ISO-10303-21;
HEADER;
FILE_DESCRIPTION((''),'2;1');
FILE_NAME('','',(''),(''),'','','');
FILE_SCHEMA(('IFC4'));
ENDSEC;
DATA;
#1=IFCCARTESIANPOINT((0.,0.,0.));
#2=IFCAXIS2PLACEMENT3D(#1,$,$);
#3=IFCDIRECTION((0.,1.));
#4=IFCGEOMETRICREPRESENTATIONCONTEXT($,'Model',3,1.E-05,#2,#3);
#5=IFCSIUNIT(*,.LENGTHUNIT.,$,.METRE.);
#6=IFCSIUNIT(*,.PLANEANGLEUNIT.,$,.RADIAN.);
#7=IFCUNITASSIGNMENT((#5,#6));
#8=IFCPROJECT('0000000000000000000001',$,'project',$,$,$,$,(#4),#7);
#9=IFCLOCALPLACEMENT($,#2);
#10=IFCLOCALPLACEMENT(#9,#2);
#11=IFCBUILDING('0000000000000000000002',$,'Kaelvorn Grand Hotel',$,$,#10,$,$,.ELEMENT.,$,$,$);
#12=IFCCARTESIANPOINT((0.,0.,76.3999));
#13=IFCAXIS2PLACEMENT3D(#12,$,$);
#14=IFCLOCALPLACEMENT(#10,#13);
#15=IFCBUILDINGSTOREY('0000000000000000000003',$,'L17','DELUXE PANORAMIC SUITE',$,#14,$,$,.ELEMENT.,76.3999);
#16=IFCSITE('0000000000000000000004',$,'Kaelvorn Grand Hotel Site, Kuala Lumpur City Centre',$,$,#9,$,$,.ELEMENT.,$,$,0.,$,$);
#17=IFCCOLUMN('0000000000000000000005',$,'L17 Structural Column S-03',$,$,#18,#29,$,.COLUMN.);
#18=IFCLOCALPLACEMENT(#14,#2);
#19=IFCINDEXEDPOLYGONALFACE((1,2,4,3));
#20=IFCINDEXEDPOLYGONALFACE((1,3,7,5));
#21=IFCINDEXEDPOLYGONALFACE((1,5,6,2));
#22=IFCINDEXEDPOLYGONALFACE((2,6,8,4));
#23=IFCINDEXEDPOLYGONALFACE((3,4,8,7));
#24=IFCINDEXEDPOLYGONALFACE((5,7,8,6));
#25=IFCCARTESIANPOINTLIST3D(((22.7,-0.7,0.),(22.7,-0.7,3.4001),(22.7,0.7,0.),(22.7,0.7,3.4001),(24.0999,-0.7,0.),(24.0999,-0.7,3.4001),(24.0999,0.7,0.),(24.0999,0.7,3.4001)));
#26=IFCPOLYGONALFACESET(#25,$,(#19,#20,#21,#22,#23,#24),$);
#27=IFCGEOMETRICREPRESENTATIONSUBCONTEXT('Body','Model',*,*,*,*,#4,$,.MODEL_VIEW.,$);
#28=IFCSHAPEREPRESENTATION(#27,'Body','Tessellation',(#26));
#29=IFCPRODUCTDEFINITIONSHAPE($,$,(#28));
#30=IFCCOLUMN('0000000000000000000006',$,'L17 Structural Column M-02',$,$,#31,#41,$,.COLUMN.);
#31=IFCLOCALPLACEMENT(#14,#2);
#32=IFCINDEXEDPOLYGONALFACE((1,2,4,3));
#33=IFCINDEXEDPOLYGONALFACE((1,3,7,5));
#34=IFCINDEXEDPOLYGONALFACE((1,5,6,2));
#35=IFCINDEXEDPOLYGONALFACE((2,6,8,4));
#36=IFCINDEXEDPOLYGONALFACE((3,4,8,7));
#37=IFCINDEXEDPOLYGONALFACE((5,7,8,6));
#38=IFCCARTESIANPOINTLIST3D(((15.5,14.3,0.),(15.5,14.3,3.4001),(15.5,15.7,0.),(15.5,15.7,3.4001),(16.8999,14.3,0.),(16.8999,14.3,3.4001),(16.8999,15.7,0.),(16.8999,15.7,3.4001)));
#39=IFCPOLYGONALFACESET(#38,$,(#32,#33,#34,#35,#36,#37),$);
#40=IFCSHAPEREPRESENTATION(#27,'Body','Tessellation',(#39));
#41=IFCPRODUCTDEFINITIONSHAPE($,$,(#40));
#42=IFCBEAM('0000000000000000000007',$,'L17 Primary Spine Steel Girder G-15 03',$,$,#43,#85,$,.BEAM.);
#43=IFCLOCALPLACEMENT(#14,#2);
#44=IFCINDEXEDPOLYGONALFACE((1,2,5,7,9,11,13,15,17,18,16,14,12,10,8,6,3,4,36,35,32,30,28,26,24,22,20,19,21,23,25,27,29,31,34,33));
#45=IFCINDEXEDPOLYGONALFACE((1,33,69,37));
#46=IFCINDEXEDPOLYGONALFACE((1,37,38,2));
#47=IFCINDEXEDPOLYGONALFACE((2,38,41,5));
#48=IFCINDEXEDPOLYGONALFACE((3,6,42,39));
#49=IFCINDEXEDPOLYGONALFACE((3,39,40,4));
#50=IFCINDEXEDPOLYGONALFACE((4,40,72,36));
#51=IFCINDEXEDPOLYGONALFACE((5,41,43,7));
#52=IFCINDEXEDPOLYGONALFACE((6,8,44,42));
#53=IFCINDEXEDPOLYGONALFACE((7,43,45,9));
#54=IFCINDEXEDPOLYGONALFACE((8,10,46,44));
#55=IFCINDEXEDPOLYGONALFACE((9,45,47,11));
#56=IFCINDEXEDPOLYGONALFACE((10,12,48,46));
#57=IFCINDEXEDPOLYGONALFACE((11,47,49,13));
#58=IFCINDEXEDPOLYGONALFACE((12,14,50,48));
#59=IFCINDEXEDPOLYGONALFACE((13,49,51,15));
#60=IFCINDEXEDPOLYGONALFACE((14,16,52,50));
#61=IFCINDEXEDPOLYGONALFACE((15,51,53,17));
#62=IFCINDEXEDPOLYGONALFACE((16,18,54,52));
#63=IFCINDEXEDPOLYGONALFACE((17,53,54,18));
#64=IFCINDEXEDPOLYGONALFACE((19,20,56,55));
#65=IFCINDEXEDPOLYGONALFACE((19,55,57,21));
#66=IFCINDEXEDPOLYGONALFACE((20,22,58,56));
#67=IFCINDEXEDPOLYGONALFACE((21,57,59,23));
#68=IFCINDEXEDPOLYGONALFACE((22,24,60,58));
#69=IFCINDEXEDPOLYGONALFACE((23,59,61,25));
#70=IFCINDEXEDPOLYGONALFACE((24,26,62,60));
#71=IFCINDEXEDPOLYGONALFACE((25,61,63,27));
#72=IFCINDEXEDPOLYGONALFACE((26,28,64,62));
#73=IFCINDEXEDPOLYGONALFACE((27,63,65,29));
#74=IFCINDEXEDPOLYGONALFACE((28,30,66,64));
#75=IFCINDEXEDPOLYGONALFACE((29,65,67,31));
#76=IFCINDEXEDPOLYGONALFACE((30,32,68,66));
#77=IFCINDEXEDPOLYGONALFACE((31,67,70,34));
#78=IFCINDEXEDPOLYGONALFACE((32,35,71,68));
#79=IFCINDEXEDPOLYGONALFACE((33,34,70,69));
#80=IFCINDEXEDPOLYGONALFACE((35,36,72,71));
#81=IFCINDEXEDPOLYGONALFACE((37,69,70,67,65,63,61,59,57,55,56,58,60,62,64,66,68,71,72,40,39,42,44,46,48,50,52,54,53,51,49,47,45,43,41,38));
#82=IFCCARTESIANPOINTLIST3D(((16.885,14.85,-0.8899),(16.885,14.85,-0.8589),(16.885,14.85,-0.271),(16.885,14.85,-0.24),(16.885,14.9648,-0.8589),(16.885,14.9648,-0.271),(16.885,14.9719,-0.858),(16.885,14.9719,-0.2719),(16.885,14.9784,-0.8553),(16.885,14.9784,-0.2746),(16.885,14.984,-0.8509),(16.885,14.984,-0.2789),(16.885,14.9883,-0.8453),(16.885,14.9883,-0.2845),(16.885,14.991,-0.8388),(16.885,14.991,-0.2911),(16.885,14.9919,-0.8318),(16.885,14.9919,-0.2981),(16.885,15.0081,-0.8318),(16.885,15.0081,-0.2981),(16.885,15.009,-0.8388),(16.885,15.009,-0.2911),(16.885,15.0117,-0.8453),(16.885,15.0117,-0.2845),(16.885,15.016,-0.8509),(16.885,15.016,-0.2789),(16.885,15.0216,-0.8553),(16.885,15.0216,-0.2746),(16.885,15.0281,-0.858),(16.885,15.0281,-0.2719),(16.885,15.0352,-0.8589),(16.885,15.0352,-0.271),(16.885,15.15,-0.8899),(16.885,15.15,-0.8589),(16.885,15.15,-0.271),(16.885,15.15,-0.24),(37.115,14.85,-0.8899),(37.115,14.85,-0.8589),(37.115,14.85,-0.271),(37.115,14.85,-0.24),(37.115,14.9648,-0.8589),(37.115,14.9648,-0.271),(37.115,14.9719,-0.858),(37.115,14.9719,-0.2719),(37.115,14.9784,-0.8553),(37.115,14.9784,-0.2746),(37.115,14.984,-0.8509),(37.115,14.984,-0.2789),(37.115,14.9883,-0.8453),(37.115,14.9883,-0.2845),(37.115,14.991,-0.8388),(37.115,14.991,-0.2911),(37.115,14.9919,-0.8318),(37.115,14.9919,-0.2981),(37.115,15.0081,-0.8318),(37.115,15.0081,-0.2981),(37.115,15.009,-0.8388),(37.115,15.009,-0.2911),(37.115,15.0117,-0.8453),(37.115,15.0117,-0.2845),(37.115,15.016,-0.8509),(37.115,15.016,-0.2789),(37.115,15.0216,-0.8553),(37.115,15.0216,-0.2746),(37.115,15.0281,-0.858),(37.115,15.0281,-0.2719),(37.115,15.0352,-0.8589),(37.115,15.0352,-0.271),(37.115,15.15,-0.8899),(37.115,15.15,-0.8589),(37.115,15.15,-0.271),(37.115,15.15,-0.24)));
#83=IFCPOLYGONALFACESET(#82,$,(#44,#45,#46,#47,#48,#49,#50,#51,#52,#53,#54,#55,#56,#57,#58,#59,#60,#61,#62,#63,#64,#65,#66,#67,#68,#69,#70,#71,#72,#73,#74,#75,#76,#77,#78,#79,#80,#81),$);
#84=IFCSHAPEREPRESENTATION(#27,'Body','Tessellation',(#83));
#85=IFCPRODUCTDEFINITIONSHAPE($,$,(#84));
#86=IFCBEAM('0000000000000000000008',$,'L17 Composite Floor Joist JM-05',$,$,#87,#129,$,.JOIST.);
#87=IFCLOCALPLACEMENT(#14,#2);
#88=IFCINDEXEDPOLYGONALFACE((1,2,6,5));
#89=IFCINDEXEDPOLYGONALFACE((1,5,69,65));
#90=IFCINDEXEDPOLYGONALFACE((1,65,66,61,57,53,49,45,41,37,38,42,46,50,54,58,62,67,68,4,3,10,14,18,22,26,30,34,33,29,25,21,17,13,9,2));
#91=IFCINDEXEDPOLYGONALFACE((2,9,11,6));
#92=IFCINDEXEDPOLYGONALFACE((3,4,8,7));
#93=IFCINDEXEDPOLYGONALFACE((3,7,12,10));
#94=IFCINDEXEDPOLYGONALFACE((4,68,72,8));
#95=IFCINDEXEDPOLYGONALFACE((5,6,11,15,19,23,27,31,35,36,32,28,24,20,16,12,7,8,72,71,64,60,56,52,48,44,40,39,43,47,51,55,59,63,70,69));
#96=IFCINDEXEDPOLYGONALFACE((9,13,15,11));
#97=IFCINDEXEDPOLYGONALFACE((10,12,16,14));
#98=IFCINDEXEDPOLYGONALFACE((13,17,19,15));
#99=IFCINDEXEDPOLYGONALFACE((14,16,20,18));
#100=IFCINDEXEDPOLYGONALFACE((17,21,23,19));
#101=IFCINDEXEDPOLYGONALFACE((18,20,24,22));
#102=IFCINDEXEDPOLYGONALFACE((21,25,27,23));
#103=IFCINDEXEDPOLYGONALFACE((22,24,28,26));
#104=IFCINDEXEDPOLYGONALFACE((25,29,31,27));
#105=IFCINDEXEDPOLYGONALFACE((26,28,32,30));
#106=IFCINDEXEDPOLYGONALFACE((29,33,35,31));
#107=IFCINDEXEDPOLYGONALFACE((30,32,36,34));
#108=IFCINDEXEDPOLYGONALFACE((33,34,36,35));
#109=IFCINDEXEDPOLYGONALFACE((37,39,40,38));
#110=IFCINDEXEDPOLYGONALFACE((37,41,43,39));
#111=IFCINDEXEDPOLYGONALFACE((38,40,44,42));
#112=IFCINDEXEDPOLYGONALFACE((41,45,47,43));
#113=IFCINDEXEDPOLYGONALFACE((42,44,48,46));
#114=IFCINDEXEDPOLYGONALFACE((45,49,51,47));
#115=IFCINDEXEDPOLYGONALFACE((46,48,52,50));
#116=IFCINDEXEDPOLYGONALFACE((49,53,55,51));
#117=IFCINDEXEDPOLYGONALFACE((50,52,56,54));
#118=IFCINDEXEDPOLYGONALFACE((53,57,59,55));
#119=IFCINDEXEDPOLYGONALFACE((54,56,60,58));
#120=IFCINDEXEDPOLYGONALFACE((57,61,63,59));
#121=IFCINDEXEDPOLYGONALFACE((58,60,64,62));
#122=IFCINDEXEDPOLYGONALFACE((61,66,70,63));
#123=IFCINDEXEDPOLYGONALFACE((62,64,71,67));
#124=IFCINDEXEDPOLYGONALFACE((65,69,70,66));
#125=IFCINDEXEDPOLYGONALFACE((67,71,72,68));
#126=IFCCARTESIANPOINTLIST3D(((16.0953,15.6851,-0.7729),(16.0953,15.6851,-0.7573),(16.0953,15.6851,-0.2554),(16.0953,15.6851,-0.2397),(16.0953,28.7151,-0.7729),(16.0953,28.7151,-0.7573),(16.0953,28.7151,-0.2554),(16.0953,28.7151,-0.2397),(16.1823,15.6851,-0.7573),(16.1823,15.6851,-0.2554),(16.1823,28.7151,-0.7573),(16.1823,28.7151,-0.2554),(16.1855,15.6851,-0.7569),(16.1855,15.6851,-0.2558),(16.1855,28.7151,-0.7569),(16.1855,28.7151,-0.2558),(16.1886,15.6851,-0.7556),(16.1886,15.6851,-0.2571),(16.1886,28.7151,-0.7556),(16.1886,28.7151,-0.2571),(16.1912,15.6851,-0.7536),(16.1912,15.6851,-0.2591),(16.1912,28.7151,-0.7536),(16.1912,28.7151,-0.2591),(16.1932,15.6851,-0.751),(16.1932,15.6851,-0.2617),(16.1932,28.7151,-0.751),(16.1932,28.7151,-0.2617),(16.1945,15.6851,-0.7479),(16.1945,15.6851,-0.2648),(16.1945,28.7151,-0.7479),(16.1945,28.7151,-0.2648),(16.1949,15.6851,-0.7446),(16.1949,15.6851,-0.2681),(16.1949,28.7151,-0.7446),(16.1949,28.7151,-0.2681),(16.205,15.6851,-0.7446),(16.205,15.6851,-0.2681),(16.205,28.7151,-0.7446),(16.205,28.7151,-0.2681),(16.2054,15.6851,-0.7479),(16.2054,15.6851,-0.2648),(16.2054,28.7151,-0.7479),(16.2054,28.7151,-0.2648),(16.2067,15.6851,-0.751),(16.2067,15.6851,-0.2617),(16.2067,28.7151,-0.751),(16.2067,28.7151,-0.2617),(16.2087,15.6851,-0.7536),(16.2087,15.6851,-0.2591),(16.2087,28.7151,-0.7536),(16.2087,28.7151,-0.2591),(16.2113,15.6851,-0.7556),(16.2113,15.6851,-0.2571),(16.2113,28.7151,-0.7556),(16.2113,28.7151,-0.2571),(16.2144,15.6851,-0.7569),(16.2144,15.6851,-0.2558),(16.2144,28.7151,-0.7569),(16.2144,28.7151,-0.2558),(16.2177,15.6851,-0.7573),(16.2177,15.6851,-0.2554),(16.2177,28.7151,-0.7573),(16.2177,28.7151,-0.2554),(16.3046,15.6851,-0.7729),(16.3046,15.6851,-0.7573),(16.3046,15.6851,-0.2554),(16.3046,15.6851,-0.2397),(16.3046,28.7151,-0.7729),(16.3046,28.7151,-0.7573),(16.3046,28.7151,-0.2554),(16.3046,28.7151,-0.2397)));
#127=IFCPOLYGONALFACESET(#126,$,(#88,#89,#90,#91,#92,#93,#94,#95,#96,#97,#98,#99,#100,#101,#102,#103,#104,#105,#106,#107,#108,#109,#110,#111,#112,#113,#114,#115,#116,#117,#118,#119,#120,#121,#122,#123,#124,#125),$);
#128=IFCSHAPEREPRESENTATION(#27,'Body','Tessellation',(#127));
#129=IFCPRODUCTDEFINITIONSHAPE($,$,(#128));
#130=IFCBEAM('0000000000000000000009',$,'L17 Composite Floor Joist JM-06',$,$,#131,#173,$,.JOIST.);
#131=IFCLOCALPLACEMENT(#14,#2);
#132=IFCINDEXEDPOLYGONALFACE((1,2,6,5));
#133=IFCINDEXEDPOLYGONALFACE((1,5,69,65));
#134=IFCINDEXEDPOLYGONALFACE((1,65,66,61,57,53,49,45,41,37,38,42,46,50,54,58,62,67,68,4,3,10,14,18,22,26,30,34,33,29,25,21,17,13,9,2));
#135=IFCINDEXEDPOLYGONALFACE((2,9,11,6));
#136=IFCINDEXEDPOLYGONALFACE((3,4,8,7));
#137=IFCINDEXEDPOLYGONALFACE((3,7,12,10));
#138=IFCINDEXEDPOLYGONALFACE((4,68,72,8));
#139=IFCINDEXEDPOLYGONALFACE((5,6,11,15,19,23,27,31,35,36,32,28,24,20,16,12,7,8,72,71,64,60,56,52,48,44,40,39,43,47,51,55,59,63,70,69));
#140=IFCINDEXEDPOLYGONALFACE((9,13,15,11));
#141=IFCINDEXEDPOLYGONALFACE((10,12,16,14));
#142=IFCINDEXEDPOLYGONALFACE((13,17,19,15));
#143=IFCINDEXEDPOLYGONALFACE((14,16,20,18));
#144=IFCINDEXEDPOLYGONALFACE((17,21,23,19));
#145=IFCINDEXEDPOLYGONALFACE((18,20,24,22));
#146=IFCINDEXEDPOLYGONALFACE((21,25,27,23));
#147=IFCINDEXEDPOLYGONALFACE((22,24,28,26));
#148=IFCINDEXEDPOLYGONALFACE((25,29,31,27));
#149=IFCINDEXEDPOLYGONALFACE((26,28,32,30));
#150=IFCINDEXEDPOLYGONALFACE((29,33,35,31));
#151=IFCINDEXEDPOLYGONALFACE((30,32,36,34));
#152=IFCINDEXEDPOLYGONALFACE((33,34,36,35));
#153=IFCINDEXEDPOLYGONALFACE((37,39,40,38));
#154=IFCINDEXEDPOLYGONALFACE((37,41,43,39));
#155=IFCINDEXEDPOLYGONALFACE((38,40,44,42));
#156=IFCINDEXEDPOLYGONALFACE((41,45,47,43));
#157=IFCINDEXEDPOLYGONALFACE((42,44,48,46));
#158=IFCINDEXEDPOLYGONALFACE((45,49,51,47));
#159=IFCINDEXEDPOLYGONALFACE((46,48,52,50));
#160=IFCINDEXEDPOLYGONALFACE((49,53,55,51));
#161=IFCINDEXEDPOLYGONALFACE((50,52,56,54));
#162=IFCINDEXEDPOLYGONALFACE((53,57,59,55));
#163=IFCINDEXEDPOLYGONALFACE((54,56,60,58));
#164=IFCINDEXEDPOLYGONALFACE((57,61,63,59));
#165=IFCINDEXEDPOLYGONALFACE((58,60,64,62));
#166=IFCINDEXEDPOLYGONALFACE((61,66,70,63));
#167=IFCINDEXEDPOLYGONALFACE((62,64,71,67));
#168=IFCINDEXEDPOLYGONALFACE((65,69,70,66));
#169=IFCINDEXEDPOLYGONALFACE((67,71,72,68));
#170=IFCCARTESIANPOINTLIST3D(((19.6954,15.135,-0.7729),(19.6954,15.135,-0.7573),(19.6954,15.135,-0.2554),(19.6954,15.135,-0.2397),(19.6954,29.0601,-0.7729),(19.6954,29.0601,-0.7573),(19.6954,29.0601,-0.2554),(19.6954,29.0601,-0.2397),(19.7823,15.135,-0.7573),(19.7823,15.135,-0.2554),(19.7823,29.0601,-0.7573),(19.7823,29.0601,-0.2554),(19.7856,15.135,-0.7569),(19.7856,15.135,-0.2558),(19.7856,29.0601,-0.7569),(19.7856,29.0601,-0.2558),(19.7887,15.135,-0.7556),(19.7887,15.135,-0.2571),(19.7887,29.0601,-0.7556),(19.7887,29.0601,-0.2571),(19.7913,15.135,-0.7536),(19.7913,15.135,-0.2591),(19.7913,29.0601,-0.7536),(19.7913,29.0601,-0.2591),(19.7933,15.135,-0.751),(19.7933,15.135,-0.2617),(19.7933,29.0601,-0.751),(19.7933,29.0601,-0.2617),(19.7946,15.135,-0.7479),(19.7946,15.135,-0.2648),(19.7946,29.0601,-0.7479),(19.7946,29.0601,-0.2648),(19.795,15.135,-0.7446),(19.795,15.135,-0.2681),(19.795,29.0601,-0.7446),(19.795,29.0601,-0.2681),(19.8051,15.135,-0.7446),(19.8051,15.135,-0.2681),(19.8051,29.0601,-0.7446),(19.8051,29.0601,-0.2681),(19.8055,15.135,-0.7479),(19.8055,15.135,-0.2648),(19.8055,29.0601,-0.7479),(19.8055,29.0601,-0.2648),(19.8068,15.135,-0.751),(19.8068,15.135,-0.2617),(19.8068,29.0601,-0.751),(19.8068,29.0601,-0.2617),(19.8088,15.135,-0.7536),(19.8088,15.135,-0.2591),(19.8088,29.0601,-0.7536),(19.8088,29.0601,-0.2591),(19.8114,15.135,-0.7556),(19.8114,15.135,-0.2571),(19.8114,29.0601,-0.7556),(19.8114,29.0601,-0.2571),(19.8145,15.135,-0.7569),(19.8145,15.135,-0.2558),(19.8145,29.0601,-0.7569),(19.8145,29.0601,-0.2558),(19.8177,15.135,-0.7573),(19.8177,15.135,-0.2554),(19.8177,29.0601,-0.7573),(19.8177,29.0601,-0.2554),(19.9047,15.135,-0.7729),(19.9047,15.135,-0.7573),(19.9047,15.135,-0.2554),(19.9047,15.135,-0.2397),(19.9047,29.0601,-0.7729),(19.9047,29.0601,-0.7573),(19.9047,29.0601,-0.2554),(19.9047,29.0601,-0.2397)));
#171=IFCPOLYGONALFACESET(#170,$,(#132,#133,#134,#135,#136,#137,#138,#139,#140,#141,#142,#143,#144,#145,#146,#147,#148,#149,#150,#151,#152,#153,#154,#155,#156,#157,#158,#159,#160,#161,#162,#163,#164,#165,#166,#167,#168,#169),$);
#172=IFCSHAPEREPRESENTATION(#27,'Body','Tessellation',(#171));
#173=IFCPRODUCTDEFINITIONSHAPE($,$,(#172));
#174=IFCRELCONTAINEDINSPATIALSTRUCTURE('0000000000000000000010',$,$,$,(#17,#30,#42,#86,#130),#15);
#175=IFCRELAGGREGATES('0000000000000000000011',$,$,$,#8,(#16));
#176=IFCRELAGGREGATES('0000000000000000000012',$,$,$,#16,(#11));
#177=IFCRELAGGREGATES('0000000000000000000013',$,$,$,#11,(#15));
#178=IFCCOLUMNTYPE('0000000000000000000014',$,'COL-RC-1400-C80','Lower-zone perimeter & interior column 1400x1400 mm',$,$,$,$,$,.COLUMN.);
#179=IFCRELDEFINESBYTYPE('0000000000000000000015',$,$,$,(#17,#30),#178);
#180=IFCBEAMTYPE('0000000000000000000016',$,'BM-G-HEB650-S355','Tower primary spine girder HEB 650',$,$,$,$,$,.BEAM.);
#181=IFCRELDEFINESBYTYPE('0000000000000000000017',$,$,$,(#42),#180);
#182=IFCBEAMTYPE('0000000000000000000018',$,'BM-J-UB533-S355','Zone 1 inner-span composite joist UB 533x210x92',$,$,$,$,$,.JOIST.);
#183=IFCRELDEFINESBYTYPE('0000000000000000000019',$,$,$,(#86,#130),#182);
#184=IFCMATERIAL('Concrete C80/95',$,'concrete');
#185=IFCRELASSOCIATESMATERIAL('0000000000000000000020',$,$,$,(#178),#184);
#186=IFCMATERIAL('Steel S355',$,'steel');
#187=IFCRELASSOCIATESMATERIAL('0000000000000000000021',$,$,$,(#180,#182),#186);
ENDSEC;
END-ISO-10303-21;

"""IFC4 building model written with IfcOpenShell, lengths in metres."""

from ifc_helpers import new_model, si_unit, direction, frame, origin, origin_2d, place, context, subcontext, project, spatial, rectangle, i_section, extrude, material, material_profile, profile_set, type_object, element, save


model = new_model("IFC4")

# Units and contexts
model_context = context("Model", 3, precision=1e-05, world=origin(), true_north=direction((0.0, 1.0)))
body_context = subcontext(model_context, "Body", "Model", "MODEL_VIEW")
ifc_project = project(units=[si_unit("LENGTHUNIT", "METRE"), si_unit("PLANEANGLEUNIT", "RADIAN")], contexts=[model_context])

# Site, building, storey
site_placement = place(None, origin())
site = spatial("IfcSite", under=ifc_project, at=site_placement, Name="Kaelvorn Grand Hotel Site, Kuala Lumpur City Centre", CompositionType="ELEMENT", RefElevation=0.0)
building_placement = place(site_placement, origin())
building = spatial("IfcBuilding", under=site, at=building_placement, Name="Kaelvorn Grand Hotel", CompositionType="ELEMENT")
storey_placement = place(building_placement, frame((0.0, 0.0, 76.3999)))
storey = spatial("IfcBuildingStorey", under=building, at=storey_placement, Name="L17", Description="DELUXE PANORAMIC SUITE", CompositionType="ELEMENT", Elevation=76.3999)

# Columns
ifc_material_1 = material(Name="Concrete C80/95", Category="concrete")
ifc_material_profile_1 = material_profile(ifc_material_1, rectangle(XDim=1.3999, YDim=1.3999, at=origin_2d()), Name="RC COL 1400x1400")
ifc_profile_set_1 = profile_set([ifc_material_profile_1], Name="Concrete C80/95")
column_type = type_object("IfcColumnType", Name="COL-RC-1400-C80", Description="Lower-zone perimeter & interior column 1400x1400 mm", PredefinedType="COLUMN", material=ifc_profile_set_1)
for number, where, z_axis, x_axis, name in (
    (1, (23.3999, 0.0, 0.0), (0.0, 0.0, 1.0), (1.0, 0.0, 0.0), "L17 Structural Column S-03"),
    (2, (16.2, 15.0, 0.0), (0.0, 0.0, 1.0), (1.0, 0.0, 0.0), "L17 Structural Column M-02"),
):
    element("IfcColumn", number, at=place(storey_placement, frame(where, z_axis=z_axis, x_axis=x_axis)), inside=storey, type_object=column_type, Name=name, PredefinedType="COLUMN", context=body_context, shape_type="SweptSolid", body=[
        extrude(rectangle(XDim=1.3999, YDim=1.3999, at=origin_2d()), origin(), (0.0, 0.0, 1.0), 3.4001),
    ])

# Beams
ifc_material_2 = material(Name="Steel S355", Category="steel")
ifc_material_profile_2 = material_profile(ifc_material_2, i_section(OverallWidth=0.3, OverallDepth=0.6499, WebThickness=0.0161, FlangeThickness=0.031, FilletRadius=0.0271, at=origin_2d()), Name="HEB 650")
ifc_profile_set_2 = profile_set([ifc_material_profile_2], Name="Steel S355")
beam_type_1 = type_object("IfcBeamType", Name="BM-G-HEB650-S355", Description="Tower primary spine girder HEB 650", PredefinedType="BEAM", material=ifc_profile_set_2)
beam_1_placement = place(storey_placement, frame((16.885, 15.0, -0.5649), z_axis=(1.0, 0.0, 0.0), x_axis=(0.0, 1.0, 0.0)))
element("IfcBeam", 3, at=beam_1_placement, inside=storey, type_object=beam_type_1, Name="L17 Primary Spine Steel Girder G-15 03", PredefinedType="BEAM", context=body_context, shape_type="SweptSolid", body=[
    extrude(i_section(OverallWidth=0.3, OverallDepth=0.6499, WebThickness=0.0161, FlangeThickness=0.031, FilletRadius=0.0271, at=origin_2d()), origin(), (0.0, 0.0, 1.0), 20.23),
])
ifc_material_profile_3 = material_profile(ifc_material_2, i_section(OverallWidth=0.2092, OverallDepth=0.5332, WebThickness=0.01, FlangeThickness=0.0156, FilletRadius=0.0127, at=origin_2d()), Name="UB 533x210x92")
ifc_profile_set_3 = profile_set([ifc_material_profile_3], Name="Steel S355")
beam_type_2 = type_object("IfcBeamType", Name="BM-J-UB533-S355", Description="Zone 1 inner-span composite joist UB 533x210x92", PredefinedType="JOIST", material=ifc_profile_set_3)
beam_2_placement = place(storey_placement, frame((16.2, 15.6851, -0.5063), z_axis=(0.0, 1.0, 0.0), x_axis=(-1.0, 0.0, 0.0)))
element("IfcBeam", 4, at=beam_2_placement, inside=storey, type_object=beam_type_2, Name="L17 Composite Floor Joist JM-05", PredefinedType="JOIST", context=body_context, shape_type="SweptSolid", body=[
    extrude(i_section(OverallWidth=0.2092, OverallDepth=0.5332, WebThickness=0.01, FlangeThickness=0.0156, FilletRadius=0.0127, at=origin_2d()), origin(), (0.0, 0.0, 1.0), 13.03),
])
beam_3_placement = place(storey_placement, frame((19.8, 15.135, -0.5063), z_axis=(0.0, 1.0, 0.0), x_axis=(-1.0, 0.0, 0.0)))
element("IfcBeam", 5, at=beam_3_placement, inside=storey, type_object=beam_type_2, Name="L17 Composite Floor Joist JM-06", PredefinedType="JOIST", context=body_context, shape_type="SweptSolid", body=[
    extrude(i_section(OverallWidth=0.2092, OverallDepth=0.5332, WebThickness=0.01, FlangeThickness=0.0156, FilletRadius=0.0127, at=origin_2d()), origin(), (0.0, 0.0, 1.0), 13.925),
])

save(model, "model.ifc")
